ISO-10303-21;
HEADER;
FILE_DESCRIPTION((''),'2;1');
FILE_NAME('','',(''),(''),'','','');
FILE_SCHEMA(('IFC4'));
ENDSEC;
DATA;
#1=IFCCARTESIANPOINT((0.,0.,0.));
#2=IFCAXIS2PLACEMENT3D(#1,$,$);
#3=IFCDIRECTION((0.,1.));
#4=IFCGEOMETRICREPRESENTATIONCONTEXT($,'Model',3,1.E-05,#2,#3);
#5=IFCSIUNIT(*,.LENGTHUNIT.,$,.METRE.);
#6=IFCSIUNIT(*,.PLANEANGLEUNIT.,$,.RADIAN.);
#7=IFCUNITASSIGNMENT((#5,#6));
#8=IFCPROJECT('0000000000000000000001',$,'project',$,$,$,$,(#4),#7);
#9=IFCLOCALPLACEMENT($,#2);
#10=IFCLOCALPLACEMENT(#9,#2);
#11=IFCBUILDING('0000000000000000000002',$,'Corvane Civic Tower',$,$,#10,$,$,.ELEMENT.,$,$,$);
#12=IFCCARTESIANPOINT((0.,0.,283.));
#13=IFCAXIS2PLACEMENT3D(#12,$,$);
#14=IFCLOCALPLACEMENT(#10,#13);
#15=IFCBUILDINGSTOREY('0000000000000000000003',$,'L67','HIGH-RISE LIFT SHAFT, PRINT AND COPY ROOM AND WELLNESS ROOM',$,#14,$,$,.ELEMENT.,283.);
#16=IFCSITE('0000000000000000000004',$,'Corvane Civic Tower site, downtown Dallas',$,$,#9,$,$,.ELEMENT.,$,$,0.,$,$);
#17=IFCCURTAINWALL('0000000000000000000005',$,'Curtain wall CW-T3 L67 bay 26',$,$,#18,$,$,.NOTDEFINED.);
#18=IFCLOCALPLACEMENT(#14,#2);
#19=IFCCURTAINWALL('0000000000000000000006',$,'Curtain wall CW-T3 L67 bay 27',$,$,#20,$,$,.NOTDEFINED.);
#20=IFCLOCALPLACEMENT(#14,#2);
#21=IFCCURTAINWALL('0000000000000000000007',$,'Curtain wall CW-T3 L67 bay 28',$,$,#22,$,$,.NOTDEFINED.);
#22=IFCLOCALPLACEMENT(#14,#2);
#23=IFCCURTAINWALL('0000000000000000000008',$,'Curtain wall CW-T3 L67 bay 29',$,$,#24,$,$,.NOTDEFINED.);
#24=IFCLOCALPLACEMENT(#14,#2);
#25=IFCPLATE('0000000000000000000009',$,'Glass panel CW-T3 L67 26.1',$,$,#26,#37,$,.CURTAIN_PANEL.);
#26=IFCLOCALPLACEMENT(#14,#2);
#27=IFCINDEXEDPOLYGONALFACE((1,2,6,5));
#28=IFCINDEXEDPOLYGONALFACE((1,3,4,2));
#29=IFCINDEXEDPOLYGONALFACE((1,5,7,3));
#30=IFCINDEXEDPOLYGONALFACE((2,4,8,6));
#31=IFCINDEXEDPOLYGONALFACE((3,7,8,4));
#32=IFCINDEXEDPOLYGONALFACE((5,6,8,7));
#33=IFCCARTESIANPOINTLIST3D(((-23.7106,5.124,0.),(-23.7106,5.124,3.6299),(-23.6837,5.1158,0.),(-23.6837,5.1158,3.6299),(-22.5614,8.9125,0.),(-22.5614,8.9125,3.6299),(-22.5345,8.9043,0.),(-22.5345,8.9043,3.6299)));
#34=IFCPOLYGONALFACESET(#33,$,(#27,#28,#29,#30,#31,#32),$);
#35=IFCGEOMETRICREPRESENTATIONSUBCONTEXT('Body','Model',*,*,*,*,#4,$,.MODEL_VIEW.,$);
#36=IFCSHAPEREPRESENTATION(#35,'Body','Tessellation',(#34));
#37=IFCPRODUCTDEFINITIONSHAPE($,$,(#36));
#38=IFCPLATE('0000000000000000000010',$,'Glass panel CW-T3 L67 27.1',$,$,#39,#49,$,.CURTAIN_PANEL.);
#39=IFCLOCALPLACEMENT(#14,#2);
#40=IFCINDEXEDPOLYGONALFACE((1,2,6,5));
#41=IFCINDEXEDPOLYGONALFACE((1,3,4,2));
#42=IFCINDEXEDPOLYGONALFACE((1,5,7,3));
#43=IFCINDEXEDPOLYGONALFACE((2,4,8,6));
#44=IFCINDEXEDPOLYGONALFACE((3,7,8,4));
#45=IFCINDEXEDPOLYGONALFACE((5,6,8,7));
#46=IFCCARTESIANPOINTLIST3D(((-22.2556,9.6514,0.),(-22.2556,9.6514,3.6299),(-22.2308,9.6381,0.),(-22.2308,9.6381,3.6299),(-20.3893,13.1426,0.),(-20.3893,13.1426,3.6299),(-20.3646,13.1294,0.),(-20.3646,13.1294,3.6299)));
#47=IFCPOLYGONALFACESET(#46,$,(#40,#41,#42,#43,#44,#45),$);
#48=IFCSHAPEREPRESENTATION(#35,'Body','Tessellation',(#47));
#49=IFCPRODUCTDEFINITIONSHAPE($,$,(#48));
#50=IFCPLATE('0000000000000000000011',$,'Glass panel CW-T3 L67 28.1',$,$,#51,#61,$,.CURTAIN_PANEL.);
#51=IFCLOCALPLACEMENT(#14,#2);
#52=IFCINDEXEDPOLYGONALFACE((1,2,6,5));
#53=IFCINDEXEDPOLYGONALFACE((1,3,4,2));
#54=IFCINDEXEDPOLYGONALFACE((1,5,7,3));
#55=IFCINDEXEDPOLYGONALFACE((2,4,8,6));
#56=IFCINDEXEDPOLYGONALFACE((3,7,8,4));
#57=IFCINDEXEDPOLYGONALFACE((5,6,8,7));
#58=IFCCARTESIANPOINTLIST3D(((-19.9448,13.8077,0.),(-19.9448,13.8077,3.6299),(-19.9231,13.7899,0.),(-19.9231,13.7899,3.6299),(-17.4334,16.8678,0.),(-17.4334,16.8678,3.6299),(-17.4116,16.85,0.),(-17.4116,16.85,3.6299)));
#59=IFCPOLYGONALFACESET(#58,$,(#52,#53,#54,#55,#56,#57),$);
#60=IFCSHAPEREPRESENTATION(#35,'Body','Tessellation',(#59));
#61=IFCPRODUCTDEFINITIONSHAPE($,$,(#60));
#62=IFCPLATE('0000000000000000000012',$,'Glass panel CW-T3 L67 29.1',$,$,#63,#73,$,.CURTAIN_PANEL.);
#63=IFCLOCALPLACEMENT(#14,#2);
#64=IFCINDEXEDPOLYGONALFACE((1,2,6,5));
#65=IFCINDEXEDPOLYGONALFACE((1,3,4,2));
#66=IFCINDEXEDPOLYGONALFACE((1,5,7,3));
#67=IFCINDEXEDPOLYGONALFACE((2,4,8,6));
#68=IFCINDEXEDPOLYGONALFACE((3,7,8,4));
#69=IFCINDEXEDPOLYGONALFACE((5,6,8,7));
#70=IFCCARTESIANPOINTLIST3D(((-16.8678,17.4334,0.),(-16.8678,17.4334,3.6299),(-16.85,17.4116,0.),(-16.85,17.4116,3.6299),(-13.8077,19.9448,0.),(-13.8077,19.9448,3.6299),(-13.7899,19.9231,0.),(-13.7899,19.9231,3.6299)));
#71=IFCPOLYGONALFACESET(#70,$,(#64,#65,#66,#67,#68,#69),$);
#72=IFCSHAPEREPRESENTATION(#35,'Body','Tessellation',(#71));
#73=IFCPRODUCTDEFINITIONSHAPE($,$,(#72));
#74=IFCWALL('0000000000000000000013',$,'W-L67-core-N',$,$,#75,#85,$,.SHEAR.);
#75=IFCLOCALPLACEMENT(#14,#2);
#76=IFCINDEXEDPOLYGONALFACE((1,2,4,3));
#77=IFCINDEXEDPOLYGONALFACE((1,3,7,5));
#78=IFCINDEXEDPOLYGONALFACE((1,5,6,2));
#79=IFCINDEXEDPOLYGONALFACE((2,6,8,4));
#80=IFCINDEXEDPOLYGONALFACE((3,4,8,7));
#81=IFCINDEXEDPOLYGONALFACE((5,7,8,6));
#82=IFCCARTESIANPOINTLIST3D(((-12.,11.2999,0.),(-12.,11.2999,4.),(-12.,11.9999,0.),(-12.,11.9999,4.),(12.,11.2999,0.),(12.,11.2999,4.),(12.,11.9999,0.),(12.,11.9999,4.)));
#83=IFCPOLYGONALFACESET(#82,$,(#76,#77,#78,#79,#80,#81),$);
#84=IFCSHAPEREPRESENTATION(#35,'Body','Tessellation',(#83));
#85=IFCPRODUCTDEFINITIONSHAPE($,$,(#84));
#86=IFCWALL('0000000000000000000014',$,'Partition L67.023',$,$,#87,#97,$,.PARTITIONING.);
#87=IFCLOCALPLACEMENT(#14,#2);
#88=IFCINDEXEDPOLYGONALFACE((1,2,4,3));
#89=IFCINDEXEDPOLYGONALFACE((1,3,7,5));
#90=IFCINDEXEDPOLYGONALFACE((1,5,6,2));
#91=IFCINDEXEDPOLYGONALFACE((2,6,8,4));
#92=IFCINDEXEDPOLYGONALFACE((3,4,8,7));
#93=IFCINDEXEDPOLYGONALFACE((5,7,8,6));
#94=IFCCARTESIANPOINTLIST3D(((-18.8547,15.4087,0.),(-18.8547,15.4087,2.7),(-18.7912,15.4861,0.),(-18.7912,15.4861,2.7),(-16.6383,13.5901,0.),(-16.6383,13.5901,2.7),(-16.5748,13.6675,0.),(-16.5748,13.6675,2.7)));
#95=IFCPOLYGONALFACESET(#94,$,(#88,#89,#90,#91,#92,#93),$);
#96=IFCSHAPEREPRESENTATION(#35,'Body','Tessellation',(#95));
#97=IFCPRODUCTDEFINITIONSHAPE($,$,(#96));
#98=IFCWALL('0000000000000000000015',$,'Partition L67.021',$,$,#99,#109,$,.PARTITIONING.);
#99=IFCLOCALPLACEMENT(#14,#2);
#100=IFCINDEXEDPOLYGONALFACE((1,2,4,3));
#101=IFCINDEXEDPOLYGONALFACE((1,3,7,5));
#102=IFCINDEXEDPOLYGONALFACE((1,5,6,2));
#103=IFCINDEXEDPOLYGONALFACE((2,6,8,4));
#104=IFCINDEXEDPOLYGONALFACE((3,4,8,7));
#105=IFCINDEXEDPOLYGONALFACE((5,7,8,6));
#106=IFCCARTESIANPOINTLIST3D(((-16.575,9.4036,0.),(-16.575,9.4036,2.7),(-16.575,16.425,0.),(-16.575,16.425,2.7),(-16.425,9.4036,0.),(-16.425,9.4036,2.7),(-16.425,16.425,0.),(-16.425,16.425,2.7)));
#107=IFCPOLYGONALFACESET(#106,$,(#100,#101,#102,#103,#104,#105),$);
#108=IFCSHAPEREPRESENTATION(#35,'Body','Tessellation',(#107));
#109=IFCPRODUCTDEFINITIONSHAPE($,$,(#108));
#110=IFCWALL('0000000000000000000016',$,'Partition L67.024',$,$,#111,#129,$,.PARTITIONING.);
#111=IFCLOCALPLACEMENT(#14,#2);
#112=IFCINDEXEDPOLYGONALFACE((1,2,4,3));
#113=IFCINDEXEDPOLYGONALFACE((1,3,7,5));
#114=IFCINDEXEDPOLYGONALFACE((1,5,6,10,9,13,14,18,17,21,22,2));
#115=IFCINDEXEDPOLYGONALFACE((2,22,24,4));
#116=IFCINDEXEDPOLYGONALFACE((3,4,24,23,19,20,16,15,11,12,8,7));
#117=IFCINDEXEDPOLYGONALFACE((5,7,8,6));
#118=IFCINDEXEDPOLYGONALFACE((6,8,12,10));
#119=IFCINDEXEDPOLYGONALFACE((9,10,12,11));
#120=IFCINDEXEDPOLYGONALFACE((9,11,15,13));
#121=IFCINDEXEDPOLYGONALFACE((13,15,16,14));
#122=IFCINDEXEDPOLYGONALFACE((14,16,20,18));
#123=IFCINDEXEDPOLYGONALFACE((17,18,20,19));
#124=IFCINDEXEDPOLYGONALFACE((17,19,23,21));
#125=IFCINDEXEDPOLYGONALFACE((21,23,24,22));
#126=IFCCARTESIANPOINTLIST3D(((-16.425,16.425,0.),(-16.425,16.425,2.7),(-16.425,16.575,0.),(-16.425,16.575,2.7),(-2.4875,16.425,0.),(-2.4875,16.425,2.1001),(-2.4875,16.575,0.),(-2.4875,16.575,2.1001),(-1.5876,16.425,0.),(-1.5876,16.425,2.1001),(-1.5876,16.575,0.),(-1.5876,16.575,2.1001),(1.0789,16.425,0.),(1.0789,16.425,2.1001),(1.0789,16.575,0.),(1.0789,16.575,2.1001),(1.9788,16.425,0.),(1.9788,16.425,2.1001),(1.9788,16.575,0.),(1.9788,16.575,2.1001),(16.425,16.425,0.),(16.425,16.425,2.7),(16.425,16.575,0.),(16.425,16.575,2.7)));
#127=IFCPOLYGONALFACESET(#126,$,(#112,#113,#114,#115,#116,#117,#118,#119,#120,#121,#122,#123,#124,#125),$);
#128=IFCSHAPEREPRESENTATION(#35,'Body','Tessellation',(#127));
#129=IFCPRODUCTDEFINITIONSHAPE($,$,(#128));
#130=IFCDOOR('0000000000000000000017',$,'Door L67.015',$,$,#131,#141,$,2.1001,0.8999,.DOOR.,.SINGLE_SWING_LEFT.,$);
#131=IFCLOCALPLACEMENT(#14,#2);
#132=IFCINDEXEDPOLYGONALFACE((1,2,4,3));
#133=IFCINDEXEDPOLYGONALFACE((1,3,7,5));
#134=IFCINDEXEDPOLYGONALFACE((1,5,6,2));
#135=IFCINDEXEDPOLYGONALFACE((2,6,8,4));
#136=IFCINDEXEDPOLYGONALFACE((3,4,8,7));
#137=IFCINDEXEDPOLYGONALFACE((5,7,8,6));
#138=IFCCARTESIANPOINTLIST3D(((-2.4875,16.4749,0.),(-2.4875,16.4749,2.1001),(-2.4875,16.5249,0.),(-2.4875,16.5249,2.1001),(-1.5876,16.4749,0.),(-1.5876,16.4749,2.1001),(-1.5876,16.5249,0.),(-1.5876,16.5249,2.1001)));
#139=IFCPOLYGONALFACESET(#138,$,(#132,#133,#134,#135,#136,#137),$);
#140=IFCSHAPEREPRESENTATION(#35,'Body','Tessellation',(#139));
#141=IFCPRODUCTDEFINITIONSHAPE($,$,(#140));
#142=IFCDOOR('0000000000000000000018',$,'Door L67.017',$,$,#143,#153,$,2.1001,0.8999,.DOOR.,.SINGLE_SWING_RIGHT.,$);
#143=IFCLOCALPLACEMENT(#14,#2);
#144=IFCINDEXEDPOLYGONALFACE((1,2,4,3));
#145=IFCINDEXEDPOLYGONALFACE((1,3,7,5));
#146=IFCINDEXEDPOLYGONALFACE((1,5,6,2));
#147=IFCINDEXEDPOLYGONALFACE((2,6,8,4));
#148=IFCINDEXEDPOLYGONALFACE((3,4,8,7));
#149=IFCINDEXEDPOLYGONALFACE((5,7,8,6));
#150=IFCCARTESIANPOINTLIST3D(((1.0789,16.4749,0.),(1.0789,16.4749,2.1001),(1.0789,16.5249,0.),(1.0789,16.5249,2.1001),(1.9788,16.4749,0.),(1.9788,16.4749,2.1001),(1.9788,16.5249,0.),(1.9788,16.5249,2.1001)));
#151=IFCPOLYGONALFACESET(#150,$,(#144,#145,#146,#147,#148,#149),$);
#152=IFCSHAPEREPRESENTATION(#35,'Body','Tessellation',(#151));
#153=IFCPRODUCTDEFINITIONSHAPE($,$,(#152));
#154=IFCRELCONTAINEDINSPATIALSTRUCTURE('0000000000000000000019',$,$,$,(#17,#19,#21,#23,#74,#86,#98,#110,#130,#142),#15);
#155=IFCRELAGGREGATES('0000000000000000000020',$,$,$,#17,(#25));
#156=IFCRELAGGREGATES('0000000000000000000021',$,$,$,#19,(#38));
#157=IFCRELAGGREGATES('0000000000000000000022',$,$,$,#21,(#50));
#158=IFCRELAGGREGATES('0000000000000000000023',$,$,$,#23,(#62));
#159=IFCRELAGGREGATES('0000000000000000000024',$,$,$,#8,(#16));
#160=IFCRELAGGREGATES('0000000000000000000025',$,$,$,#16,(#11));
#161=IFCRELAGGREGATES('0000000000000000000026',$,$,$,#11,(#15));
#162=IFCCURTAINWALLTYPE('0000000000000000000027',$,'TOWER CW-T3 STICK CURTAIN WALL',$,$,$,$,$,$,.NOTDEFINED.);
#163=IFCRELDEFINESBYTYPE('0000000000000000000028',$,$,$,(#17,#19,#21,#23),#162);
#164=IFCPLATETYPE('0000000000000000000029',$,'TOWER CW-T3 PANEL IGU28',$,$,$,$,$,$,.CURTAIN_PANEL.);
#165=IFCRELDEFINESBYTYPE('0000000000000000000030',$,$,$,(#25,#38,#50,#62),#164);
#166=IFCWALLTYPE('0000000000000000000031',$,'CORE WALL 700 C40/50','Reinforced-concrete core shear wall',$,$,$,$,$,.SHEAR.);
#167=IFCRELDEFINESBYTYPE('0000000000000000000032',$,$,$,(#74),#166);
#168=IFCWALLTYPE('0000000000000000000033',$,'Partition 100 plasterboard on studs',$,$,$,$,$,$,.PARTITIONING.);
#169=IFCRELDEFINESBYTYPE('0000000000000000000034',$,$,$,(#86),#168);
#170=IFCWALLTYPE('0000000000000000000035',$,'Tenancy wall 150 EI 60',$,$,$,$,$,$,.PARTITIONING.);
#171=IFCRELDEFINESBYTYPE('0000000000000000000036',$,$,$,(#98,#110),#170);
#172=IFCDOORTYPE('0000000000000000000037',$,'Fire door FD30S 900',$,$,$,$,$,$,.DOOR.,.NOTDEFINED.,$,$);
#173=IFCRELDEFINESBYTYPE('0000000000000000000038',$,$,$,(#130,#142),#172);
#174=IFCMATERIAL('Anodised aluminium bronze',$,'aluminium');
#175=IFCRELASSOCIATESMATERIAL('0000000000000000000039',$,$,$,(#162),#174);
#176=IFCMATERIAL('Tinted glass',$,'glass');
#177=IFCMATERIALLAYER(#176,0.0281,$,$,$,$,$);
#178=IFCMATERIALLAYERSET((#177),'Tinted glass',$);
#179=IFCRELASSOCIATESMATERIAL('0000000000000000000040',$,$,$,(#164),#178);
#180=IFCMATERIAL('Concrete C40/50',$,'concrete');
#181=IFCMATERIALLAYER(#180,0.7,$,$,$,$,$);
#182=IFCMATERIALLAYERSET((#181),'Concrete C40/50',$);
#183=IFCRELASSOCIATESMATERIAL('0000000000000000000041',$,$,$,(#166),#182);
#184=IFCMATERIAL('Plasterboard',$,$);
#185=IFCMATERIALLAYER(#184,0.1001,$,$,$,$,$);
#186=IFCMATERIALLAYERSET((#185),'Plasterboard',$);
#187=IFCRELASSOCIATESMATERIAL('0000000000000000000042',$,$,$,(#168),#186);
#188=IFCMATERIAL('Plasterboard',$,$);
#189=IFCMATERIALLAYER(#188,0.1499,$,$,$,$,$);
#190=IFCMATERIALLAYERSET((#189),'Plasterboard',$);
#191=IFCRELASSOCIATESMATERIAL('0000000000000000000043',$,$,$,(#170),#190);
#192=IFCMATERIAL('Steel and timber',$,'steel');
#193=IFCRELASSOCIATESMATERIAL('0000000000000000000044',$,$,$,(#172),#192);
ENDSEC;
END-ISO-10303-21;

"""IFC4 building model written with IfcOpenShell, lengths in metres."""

from ifc_helpers import new_model, si_unit, direction, frame, frame_2d, origin, origin_2d, place, context, subcontext, project, spatial, rectangle, extrude, material, layer, layer_set, type_object, element, fill, aggregate, save


model = new_model("IFC4")

# Units and contexts
model_context = context("Model", 3, precision=1e-05, world=origin(), true_north=direction((0.0, 1.0)))
body_context = subcontext(model_context, "Body", "Model", "MODEL_VIEW")
ifc_project = project(units=[si_unit("LENGTHUNIT", "METRE"), si_unit("PLANEANGLEUNIT", "RADIAN")], contexts=[model_context])

# Site, building, storey
site_placement = place(None, origin())
site = spatial("IfcSite", under=ifc_project, at=site_placement, Name="Corvane Civic Tower site, downtown Dallas", CompositionType="ELEMENT", RefElevation=0.0)
building_placement = place(site_placement, origin())
building = spatial("IfcBuilding", under=site, at=building_placement, Name="Corvane Civic Tower", CompositionType="ELEMENT")
storey_placement = place(building_placement, frame((0.0, 0.0, 283.0)))
storey = spatial("IfcBuildingStorey", under=building, at=storey_placement, Name="L67", Description="HIGH-RISE LIFT SHAFT, PRINT AND COPY ROOM AND WELLNESS ROOM", CompositionType="ELEMENT", Elevation=283.0)

# Curtain walls
ifc_material_1 = material(Name="Anodised aluminium bronze", Category="aluminium")
curtain_wall_type = type_object("IfcCurtainWallType", Name="TOWER CW-T3 STICK CURTAIN WALL", PredefinedType="NOTDEFINED", material=ifc_material_1)
curtain_wall_1_placement = place(storey_placement, origin())
curtain_wall_1 = element("IfcCurtainWall", 1, at=curtain_wall_1_placement, inside=storey, type_object=curtain_wall_type, Name="Curtain wall CW-T3 L67 bay 26", PredefinedType="NOTDEFINED")
curtain_wall_2_placement = place(storey_placement, origin())
curtain_wall_2 = element("IfcCurtainWall", 2, at=curtain_wall_2_placement, inside=storey, type_object=curtain_wall_type, Name="Curtain wall CW-T3 L67 bay 27", PredefinedType="NOTDEFINED")
curtain_wall_3_placement = place(storey_placement, origin())
curtain_wall_3 = element("IfcCurtainWall", 3, at=curtain_wall_3_placement, inside=storey, type_object=curtain_wall_type, Name="Curtain wall CW-T3 L67 bay 28", PredefinedType="NOTDEFINED")
curtain_wall_4_placement = place(storey_placement, origin())
curtain_wall_4 = element("IfcCurtainWall", 4, at=curtain_wall_4_placement, inside=storey, type_object=curtain_wall_type, Name="Curtain wall CW-T3 L67 bay 29", PredefinedType="NOTDEFINED")

# Plates
ifc_material_2 = material(Name="Tinted glass", Category="glass")
ifc_layer_1 = layer(ifc_material_2, 0.0281)
ifc_layer_set_1 = layer_set([ifc_layer_1], Name="Tinted glass")
plate_type = type_object("IfcPlateType", Name="TOWER CW-T3 PANEL IGU28", PredefinedType="CURTAIN_PANEL", material=ifc_layer_set_1)
plate_1_placement = place(storey_placement, frame((-23.1226, 7.0142, 0.0), z_axis=(0.0, 0.0, 1.0), x_axis=(0.290274, 0.956944, 0.0)))
plate_1 = element("IfcPlate", 5, at=plate_1_placement, type_object=plate_type, Name="Glass panel CW-T3 L67 26.1", PredefinedType="CURTAIN_PANEL", context=body_context, shape_type="SweptSolid", body=[
    extrude(rectangle(XDim=3.959, YDim=0.0281, at=origin_2d()), origin(), (0.0, 0.0, 1.0), 3.6299),
])
aggregate(curtain_wall_1, [plate_1])
plate_2_placement = place(storey_placement, frame((-21.3101, 11.3904, 0.0), z_axis=(0.0, 0.0, 1.0), x_axis=(0.471421, 0.881908, 0.0)))
plate_2 = element("IfcPlate", 6, at=plate_2_placement, type_object=plate_type, Name="Glass panel CW-T3 L67 27.1", PredefinedType="CURTAIN_PANEL", context=body_context, shape_type="SweptSolid", body=[
    extrude(rectangle(XDim=3.9587, YDim=0.0281, at=origin_2d()), origin(), (0.0, 0.0, 1.0), 3.6299),
])
aggregate(curtain_wall_2, [plate_2])
plate_3_placement = place(storey_placement, frame((-18.6782, 15.3289, 0.0), z_axis=(0.0, 0.0, 1.0), x_axis=(0.634405, 0.773001, 0.0)))
plate_3 = element("IfcPlate", 7, at=plate_3_placement, type_object=plate_type, Name="Glass panel CW-T3 L67 28.1", PredefinedType="CURTAIN_PANEL", context=body_context, shape_type="SweptSolid", body=[
    extrude(rectangle(XDim=3.9587, YDim=0.0281, at=origin_2d()), origin(), (0.0, 0.0, 1.0), 3.6299),
])
aggregate(curtain_wall_3, [plate_3])
plate_4_placement = place(storey_placement, frame((-15.3289, 18.6782, 0.0), z_axis=(0.0, 0.0, 1.0), x_axis=(0.773001, 0.634405, 0.0)))
plate_4 = element("IfcPlate", 8, at=plate_4_placement, type_object=plate_type, Name="Glass panel CW-T3 L67 29.1", PredefinedType="CURTAIN_PANEL", context=body_context, shape_type="SweptSolid", body=[
    extrude(rectangle(XDim=3.9587, YDim=0.0281, at=origin_2d()), origin(), (0.0, 0.0, 1.0), 3.6299),
])
aggregate(curtain_wall_4, [plate_4])

# Walls
ifc_material_3 = material(Name="Concrete C40/50", Category="concrete")
ifc_layer_2 = layer(ifc_material_3, 0.7)
ifc_layer_set_2 = layer_set([ifc_layer_2], Name="Concrete C40/50")
wall_type_1 = type_object("IfcWallType", Name="CORE WALL 700 C40/50", Description="Reinforced-concrete core shear wall", PredefinedType="SHEAR", material=ifc_layer_set_2)
wall_1_placement = place(storey_placement, frame((-12.0, 11.6499, 0.0), z_axis=(0.0, 0.0, 1.0), x_axis=(1.0, 0.0, 0.0)))
element("IfcWall", 9, at=wall_1_placement, inside=storey, type_object=wall_type_1, Name="W-L67-core-N", PredefinedType="SHEAR", context=body_context, shape_type="SweptSolid", body=[
    extrude(rectangle(XDim=24.0, YDim=0.7, at=frame_2d((12.0, 0.0))), origin(), (0.0, 0.0, 1.0), 4.0),
])
ifc_material_4 = material(Name="Plasterboard")
ifc_layer_3 = layer(ifc_material_4, 0.1001)
ifc_layer_set_3 = layer_set([ifc_layer_3], Name="Plasterboard")
wall_type_2 = type_object("IfcWallType", Name="Partition 100 plasterboard on studs", PredefinedType="PARTITIONING", material=ifc_layer_set_3)
wall_2_placement = place(storey_placement, frame((-18.823, 15.4475, 0.0), z_axis=(0.0, 0.0, 1.0), x_axis=(0.773057, -0.634336, 0.0)))
element("IfcWall", 10, at=wall_2_placement, inside=storey, type_object=wall_type_2, Name="Partition L67.023", PredefinedType="PARTITIONING", context=body_context, shape_type="SweptSolid", body=[
    extrude(rectangle(XDim=2.8669, YDim=0.1001, at=frame_2d((1.4336, 0.0))), origin(), (0.0, 0.0, 1.0), 2.7),
])
ifc_material_5 = material(Name="Plasterboard")
ifc_layer_4 = layer(ifc_material_5, 0.1499)
ifc_layer_set_4 = layer_set([ifc_layer_4], Name="Plasterboard")
wall_type_3 = type_object("IfcWallType", Name="Tenancy wall 150 EI 60", PredefinedType="PARTITIONING", material=ifc_layer_set_4)
wall_3_placement = place(storey_placement, frame((-16.5, 9.4036, 0.0), z_axis=(0.0, 0.0, 1.0), x_axis=(0.0, 1.0, 0.0)))
element("IfcWall", 11, at=wall_3_placement, inside=storey, type_object=wall_type_3, Name="Partition L67.021", PredefinedType="PARTITIONING", context=body_context, shape_type="SweptSolid", body=[
    extrude(rectangle(XDim=7.0215, YDim=0.1499, at=frame_2d((3.5107, 0.0))), origin(), (0.0, 0.0, 1.0), 2.7),
])

# Wall, openings, doors
wall_4_placement = place(storey_placement, frame((-16.425, 16.5, 0.0), z_axis=(0.0, 0.0, 1.0), x_axis=(1.0, 0.0, 0.0)))
wall_4 = element("IfcWall", 12, at=wall_4_placement, inside=storey, type_object=wall_type_3, Name="Partition L67.024", PredefinedType="PARTITIONING", context=body_context, shape_type="SweptSolid", body=[
    extrude(rectangle(XDim=32.8501, YDim=0.1499, at=frame_2d((16.425, 0.0))), origin(), (0.0, 0.0, 1.0), 2.7),
])
opening_1_placement = place(wall_4_placement, frame((13.9375, 0.0, 0.0)))
opening_1 = element("IfcOpeningElement", 13, at=opening_1_placement, cuts=wall_4, PredefinedType="OPENING", context=body_context, shape_type="SweptSolid", body=[
    extrude(rectangle(XDim=0.8999, YDim=2.1001, at=frame_2d((0.45, 1.05))), frame((0.0, 0.085, 0.0), z_axis=(0.0, -1.0, 0.0), x_axis=(1.0, 0.0, 0.0)), (0.0, 0.0, 1.0), 0.1699),
])
opening_2_placement = place(wall_4_placement, frame((17.5039, 0.0, 0.0)))
opening_2 = element("IfcOpeningElement", 14, at=opening_2_placement, cuts=wall_4, PredefinedType="OPENING", context=body_context, shape_type="SweptSolid", body=[
    extrude(rectangle(XDim=0.8999, YDim=2.1001, at=frame_2d((0.45, 1.05))), frame((0.0, 0.085, 0.0), z_axis=(0.0, -1.0, 0.0), x_axis=(1.0, 0.0, 0.0)), (0.0, 0.0, 1.0), 0.1699),
])
ifc_material_6 = material(Name="Steel and timber", Category="steel")
door_type = type_object("IfcDoorType", Name="Fire door FD30S 900", OperationType="NOTDEFINED", PredefinedType="DOOR", material=ifc_material_6)
door_1_placement = place(opening_1_placement, origin())
door_1 = element("IfcDoor", 15, at=door_1_placement, inside=storey, type_object=door_type, Name="Door L67.015", OperationType="SINGLE_SWING_LEFT", OverallHeight=2.1001, OverallWidth=0.8999, PredefinedType="DOOR", context=body_context, shape_type="SweptSolid", body=[
    extrude(rectangle(XDim=0.8999, YDim=2.1001, at=frame_2d((0.45, 1.05))), frame((0.0, 0.0249, 0.0), z_axis=(0.0, -1.0, 0.0), x_axis=(1.0, 0.0, 0.0)), (0.0, 0.0, 1.0), 0.05),
])
fill(opening_1, door_1)
door_2_placement = place(opening_2_placement, origin())
door_2 = element("IfcDoor", 16, at=door_2_placement, inside=storey, type_object=door_type, Name="Door L67.017", OperationType="SINGLE_SWING_RIGHT", OverallHeight=2.1001, OverallWidth=0.8999, PredefinedType="DOOR", context=body_context, shape_type="SweptSolid", body=[
    extrude(rectangle(XDim=0.8999, YDim=2.1001, at=frame_2d((0.45, 1.05))), frame((0.0, 0.0249, 0.0), z_axis=(0.0, -1.0, 0.0), x_axis=(1.0, 0.0, 0.0)), (0.0, 0.0, 1.0), 0.05),
])
fill(opening_2, door_2)

save(model, "model.ifc")
